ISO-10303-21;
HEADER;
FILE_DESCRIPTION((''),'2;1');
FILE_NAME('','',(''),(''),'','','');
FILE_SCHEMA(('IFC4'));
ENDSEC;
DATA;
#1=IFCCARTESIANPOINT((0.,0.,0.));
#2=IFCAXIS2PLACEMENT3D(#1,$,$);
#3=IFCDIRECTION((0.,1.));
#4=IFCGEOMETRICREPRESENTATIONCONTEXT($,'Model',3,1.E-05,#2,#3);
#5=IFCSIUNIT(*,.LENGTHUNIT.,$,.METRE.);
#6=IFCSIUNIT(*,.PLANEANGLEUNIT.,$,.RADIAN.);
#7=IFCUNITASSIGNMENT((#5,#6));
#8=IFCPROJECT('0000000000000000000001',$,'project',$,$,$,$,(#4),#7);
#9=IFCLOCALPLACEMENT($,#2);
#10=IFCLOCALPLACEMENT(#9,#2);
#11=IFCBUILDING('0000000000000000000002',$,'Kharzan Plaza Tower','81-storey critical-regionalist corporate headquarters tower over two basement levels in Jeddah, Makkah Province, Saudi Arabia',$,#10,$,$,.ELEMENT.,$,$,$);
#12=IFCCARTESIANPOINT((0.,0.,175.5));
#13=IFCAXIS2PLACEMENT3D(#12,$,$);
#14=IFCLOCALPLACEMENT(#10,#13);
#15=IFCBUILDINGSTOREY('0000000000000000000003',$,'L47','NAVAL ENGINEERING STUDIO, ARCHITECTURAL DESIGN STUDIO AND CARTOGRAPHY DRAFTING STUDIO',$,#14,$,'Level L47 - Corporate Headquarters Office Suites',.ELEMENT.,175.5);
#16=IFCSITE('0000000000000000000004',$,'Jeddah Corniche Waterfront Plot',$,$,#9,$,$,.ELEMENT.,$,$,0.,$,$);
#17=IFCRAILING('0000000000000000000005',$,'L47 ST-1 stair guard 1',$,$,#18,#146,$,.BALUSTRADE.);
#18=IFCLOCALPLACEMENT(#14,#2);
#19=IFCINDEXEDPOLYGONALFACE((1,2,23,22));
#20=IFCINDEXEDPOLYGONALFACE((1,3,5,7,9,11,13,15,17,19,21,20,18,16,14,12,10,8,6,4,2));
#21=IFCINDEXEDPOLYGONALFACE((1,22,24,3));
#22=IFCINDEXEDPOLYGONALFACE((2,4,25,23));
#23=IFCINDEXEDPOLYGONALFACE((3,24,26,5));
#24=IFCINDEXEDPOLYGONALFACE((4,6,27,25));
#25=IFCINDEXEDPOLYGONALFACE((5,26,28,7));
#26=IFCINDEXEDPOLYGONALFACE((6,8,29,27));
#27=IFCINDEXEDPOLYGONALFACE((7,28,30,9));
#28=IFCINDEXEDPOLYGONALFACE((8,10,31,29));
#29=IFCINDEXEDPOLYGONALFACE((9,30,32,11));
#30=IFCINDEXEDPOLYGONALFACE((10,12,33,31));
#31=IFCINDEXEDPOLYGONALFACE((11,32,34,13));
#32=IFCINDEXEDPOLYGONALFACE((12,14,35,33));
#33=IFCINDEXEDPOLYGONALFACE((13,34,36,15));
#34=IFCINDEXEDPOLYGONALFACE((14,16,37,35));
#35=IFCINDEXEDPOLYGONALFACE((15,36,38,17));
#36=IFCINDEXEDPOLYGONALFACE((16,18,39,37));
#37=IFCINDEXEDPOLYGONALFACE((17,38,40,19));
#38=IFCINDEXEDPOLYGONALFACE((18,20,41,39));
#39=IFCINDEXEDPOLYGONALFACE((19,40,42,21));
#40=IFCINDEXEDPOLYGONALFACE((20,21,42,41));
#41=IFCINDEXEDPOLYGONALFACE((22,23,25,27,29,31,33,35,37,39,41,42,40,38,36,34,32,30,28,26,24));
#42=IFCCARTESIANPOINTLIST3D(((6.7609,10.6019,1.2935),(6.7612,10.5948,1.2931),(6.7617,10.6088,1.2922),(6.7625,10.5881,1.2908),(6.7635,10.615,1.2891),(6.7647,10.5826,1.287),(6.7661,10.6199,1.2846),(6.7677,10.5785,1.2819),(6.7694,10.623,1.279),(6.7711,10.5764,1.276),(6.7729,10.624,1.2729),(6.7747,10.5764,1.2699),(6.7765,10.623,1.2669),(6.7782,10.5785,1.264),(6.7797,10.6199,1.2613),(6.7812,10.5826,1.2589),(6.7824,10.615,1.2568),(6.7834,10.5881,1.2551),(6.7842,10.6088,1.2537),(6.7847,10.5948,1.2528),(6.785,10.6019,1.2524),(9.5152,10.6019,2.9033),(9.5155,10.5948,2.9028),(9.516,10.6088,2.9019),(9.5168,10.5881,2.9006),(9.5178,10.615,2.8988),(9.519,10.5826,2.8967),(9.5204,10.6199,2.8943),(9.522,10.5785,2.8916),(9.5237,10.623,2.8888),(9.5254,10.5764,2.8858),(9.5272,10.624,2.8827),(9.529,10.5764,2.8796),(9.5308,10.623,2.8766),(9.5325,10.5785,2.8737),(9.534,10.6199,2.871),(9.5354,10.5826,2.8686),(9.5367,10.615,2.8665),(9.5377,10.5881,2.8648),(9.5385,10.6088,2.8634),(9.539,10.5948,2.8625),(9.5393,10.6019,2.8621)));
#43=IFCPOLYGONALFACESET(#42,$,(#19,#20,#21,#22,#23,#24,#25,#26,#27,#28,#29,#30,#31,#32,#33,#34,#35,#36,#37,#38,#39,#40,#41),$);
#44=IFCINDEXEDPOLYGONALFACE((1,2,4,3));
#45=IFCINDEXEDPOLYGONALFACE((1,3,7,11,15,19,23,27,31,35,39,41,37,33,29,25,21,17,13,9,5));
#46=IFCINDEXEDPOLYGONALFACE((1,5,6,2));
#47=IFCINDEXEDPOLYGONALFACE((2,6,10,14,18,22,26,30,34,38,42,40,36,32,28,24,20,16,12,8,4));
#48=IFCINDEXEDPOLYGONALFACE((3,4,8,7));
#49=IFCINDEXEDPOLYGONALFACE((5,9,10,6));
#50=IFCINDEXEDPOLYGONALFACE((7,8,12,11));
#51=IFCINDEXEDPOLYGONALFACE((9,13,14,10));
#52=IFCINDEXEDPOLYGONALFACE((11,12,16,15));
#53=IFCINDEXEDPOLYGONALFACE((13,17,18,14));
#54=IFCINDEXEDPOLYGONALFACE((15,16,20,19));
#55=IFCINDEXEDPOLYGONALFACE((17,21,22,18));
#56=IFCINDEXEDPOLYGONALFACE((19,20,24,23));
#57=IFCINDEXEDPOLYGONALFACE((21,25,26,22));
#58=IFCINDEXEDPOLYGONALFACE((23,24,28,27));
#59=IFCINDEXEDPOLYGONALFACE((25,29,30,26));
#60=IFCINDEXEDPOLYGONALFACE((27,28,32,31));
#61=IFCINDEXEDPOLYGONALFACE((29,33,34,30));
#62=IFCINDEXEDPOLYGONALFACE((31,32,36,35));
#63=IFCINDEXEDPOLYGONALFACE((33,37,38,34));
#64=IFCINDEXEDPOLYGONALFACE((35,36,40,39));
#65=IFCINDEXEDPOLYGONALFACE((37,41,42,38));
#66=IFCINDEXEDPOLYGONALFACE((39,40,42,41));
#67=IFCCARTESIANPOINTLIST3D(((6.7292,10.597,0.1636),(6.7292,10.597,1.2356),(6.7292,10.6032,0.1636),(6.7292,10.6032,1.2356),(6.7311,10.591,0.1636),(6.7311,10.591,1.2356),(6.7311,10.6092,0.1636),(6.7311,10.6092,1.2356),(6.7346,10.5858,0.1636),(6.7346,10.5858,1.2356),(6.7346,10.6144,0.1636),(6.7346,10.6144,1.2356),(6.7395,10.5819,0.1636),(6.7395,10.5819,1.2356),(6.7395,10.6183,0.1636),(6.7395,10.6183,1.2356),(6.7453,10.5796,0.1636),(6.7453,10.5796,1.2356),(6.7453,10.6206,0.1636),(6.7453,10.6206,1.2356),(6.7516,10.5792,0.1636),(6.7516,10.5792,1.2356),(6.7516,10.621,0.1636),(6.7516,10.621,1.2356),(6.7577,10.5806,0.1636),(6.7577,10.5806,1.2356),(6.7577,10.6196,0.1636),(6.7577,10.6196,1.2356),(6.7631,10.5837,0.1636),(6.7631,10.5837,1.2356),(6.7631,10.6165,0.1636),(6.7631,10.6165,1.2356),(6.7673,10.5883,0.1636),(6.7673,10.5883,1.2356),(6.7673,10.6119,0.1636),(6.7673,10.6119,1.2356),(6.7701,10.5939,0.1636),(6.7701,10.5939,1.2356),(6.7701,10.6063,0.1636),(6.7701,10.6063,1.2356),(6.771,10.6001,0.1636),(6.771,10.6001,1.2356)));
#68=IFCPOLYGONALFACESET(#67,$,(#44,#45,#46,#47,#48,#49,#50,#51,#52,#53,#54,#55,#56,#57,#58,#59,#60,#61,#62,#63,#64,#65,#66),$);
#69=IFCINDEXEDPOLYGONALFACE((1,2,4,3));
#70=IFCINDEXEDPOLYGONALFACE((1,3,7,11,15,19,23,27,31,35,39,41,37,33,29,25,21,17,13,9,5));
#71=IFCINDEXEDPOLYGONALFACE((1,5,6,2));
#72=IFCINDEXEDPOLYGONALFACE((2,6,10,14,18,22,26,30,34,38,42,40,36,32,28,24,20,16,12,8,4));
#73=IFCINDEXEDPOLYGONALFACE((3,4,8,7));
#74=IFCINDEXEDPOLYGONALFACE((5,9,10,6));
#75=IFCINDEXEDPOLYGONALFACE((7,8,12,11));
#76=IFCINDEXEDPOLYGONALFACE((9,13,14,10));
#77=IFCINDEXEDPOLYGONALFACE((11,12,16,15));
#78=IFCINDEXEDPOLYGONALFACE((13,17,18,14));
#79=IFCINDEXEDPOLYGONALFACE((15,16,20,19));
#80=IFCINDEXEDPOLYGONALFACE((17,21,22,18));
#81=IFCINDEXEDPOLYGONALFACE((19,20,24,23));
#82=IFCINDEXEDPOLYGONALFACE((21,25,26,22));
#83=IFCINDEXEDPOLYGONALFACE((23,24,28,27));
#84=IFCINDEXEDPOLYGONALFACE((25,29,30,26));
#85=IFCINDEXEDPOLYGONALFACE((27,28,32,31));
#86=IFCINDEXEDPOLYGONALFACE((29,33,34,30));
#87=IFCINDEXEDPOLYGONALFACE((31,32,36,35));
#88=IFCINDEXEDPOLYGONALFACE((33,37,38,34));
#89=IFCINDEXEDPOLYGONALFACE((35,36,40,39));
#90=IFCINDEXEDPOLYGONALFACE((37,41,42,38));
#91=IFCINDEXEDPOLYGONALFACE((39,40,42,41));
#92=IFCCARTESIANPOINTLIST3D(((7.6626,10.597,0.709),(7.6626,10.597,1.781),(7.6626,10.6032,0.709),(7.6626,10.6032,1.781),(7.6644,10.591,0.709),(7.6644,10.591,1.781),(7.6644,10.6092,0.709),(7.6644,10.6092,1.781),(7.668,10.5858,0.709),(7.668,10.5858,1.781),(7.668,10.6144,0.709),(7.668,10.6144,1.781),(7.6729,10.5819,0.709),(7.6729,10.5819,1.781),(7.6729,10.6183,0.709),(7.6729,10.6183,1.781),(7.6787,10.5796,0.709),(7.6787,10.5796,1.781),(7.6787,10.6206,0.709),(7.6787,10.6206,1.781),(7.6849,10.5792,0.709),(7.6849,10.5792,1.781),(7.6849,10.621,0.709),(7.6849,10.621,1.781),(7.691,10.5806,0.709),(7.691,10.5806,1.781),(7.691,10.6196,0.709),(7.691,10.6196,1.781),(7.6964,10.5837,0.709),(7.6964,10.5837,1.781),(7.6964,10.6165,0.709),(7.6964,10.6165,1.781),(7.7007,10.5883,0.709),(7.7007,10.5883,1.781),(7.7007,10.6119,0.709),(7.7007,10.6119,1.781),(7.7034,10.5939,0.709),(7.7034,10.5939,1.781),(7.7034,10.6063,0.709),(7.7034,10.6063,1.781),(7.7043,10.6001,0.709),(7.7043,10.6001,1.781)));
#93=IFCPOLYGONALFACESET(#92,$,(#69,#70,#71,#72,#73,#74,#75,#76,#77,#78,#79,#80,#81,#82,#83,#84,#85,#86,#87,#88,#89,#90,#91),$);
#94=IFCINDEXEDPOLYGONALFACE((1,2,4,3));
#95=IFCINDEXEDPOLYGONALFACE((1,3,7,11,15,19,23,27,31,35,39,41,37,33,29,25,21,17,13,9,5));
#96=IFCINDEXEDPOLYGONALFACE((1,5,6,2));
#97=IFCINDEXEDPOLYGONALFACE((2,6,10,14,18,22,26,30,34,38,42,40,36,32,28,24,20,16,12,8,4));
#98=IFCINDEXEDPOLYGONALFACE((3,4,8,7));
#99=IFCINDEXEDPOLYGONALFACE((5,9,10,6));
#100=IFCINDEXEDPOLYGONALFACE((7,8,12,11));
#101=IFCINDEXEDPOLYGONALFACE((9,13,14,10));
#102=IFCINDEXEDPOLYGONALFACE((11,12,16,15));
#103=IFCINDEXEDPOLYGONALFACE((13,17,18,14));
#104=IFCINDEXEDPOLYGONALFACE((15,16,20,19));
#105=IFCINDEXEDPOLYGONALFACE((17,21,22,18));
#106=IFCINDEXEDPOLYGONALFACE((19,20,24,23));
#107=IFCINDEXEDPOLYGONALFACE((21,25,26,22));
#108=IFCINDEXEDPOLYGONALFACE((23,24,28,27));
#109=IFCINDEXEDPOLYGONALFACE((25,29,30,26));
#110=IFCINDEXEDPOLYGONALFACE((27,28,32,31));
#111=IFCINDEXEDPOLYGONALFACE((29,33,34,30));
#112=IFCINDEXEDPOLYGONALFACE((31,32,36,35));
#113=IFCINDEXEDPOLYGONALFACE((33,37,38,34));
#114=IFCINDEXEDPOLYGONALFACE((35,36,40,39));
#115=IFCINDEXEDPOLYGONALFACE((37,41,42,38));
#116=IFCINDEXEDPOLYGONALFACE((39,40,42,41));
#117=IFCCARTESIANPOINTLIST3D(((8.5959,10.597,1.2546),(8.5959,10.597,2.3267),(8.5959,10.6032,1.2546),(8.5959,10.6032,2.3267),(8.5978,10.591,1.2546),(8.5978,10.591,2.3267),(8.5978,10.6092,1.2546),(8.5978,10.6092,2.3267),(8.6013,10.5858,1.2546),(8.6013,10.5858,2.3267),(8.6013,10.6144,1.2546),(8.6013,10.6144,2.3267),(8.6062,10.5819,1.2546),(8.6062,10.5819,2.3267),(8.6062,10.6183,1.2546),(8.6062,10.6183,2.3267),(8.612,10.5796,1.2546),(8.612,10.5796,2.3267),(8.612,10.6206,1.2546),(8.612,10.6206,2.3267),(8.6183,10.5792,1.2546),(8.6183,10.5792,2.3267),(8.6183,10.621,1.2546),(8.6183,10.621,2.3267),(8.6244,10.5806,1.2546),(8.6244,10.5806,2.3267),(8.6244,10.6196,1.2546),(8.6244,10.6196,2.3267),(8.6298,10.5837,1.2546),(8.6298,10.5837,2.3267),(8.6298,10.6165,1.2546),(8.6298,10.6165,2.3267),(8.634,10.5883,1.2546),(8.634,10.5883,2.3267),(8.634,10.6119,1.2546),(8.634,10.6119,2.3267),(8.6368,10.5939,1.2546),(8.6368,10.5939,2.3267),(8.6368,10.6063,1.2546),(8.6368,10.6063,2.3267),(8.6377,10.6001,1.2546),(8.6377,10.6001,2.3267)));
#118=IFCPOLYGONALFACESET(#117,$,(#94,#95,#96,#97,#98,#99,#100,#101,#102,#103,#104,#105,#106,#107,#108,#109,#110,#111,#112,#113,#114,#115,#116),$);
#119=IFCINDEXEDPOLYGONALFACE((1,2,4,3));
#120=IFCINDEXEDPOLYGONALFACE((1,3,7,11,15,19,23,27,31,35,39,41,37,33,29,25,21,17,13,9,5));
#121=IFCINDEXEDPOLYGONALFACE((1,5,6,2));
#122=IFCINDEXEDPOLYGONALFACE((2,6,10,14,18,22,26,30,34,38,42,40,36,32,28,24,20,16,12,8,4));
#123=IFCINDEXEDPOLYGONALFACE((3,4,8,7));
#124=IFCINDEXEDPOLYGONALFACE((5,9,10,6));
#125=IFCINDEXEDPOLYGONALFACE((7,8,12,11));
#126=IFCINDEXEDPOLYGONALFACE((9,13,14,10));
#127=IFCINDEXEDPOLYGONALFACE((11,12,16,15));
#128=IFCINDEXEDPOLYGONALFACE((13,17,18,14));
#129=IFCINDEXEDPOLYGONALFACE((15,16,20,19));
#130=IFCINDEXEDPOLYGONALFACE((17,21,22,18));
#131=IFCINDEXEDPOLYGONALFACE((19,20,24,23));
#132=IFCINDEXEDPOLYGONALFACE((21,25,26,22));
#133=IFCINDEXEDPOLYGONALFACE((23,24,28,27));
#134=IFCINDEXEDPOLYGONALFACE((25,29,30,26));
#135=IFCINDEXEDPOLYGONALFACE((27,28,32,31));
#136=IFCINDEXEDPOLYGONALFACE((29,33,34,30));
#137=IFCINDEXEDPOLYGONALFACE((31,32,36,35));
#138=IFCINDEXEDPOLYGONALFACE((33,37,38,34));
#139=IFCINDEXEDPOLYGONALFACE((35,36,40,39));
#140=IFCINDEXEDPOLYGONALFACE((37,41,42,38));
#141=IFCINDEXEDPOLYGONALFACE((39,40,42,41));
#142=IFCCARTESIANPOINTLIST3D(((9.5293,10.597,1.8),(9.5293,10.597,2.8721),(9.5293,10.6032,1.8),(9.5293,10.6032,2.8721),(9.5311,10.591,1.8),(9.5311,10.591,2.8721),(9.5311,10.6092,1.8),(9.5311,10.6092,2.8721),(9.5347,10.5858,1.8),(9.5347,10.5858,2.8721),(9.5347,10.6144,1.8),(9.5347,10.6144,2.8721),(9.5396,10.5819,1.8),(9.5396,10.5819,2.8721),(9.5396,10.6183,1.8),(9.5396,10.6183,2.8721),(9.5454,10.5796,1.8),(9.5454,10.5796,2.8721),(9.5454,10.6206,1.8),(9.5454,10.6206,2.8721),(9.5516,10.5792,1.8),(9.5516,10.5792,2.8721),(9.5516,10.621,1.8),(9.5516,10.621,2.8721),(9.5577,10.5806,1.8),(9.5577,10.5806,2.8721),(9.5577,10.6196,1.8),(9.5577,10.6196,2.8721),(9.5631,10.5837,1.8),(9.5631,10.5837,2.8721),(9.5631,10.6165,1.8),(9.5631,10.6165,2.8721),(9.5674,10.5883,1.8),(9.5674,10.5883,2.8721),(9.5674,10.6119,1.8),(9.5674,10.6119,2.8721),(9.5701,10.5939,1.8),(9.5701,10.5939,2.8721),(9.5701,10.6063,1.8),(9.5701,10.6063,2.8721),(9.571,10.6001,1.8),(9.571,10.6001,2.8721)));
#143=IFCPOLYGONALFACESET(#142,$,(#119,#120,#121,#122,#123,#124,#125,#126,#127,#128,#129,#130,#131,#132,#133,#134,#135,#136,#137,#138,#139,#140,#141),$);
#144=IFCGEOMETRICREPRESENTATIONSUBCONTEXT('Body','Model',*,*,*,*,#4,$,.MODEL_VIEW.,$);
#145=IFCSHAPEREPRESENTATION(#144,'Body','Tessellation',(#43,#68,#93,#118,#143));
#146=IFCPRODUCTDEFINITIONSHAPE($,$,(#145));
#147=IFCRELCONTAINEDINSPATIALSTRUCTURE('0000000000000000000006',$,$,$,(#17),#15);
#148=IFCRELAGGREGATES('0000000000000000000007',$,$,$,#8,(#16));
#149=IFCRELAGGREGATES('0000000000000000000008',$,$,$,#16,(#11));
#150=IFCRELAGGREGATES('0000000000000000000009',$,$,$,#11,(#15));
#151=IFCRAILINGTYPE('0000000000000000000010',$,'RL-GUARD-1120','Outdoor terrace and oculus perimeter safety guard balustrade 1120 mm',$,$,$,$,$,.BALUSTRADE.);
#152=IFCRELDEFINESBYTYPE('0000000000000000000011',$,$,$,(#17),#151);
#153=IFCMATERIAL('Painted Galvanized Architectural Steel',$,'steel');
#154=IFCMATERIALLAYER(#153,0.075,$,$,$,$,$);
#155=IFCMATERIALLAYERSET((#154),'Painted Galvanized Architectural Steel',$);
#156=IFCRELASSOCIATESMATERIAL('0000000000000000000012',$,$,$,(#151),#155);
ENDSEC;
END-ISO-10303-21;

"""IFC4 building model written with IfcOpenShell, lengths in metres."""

from ifc_helpers import new_model, si_unit, direction, frame, origin, origin_2d, place, context, subcontext, project, spatial, circle, extrude, source, transform, mapped, material, layer, layer_set, type_object, element, save


model = new_model("IFC4")

# Units and contexts
model_context = context("Model", 3, precision=1e-05, world=origin(), true_north=direction((0.0, 1.0)))
body_context = subcontext(model_context, "Body", "Model", "MODEL_VIEW")
ifc_project = project(units=[si_unit("LENGTHUNIT", "METRE"), si_unit("PLANEANGLEUNIT", "RADIAN")], contexts=[model_context])

# Site, building, storey
site_placement = place(None, origin())
site = spatial("IfcSite", under=ifc_project, at=site_placement, Name="Jeddah Corniche Waterfront Plot", CompositionType="ELEMENT", RefElevation=0.0)
building_placement = place(site_placement, origin())
building = spatial("IfcBuilding", under=site, at=building_placement, Name="Kharzan Plaza Tower", Description="81-storey critical-regionalist corporate headquarters tower over two basement levels in Jeddah, Makkah Province, Saudi Arabia", CompositionType="ELEMENT")
storey_placement = place(building_placement, frame((0.0, 0.0, 175.5)))
storey = spatial("IfcBuildingStorey", under=building, at=storey_placement, Name="L47", Description="NAVAL ENGINEERING STUDIO, ARCHITECTURAL DESIGN STUDIO AND CARTOGRAPHY DRAFTING STUDIO", LongName="Level L47 - Corporate Headquarters Office Suites", CompositionType="ELEMENT", Elevation=175.5)

# Railing
ifc_material_1 = material(Name="Painted Galvanized Architectural Steel", Category="steel")
ifc_layer_1 = layer(ifc_material_1, 0.075)
ifc_layer_set_1 = layer_set([ifc_layer_1], Name="Painted Galvanized Architectural Steel")
railing_type = type_object("IfcRailingType", Name="RL-GUARD-1120", Description="Outdoor terrace and oculus perimeter safety guard balustrade 1120 mm", PredefinedType="BALUSTRADE", material=ifc_layer_set_1)
shared_shape_1 = source(origin(), body_context, "Body", "SweptSolid", [
    extrude(circle(Radius=0.0239, at=origin_2d()), frame((0.0229, 0.0, 1.1094), z_axis=(0.863361, 0.0, 0.504587), x_axis=(0.0, 1.0, 0.0)), (0.0, 0.0, 1.0), 3.1902),
    extrude(circle(Radius=0.021, at=origin_2d()), origin(), (0.0, 0.0, 1.0), 1.072),
    extrude(circle(Radius=0.021, at=origin_2d()), frame((0.9333, 0.0, 0.5454)), (0.0, 0.0, 1.0), 1.072),
    extrude(circle(Radius=0.021, at=origin_2d()), frame((1.8667, 0.0, 1.0911)), (0.0, 0.0, 1.0), 1.072),
    extrude(circle(Radius=0.021, at=origin_2d()), frame((2.8, 0.0, 1.6365)), (0.0, 0.0, 1.0), 1.072),
])
railing_1_placement = place(storey_placement, frame((6.75, 10.6001, 0.1636)))
element("IfcRailing", 1, at=railing_1_placement, inside=storey, type_object=railing_type, Name="L47 ST-1 stair guard 1", PredefinedType="BALUSTRADE", context=body_context, shape_type="MappedRepresentation", body=[
    mapped(shared_shape_1, transform((0.0, 0.0, 0.0), x_axis=(1.0, 0.0, 0.0), y_axis=(0.0, 1.0, 0.0), z_axis=(0.0, 0.0, 1.0))),
])

save(model, "model.ifc")
